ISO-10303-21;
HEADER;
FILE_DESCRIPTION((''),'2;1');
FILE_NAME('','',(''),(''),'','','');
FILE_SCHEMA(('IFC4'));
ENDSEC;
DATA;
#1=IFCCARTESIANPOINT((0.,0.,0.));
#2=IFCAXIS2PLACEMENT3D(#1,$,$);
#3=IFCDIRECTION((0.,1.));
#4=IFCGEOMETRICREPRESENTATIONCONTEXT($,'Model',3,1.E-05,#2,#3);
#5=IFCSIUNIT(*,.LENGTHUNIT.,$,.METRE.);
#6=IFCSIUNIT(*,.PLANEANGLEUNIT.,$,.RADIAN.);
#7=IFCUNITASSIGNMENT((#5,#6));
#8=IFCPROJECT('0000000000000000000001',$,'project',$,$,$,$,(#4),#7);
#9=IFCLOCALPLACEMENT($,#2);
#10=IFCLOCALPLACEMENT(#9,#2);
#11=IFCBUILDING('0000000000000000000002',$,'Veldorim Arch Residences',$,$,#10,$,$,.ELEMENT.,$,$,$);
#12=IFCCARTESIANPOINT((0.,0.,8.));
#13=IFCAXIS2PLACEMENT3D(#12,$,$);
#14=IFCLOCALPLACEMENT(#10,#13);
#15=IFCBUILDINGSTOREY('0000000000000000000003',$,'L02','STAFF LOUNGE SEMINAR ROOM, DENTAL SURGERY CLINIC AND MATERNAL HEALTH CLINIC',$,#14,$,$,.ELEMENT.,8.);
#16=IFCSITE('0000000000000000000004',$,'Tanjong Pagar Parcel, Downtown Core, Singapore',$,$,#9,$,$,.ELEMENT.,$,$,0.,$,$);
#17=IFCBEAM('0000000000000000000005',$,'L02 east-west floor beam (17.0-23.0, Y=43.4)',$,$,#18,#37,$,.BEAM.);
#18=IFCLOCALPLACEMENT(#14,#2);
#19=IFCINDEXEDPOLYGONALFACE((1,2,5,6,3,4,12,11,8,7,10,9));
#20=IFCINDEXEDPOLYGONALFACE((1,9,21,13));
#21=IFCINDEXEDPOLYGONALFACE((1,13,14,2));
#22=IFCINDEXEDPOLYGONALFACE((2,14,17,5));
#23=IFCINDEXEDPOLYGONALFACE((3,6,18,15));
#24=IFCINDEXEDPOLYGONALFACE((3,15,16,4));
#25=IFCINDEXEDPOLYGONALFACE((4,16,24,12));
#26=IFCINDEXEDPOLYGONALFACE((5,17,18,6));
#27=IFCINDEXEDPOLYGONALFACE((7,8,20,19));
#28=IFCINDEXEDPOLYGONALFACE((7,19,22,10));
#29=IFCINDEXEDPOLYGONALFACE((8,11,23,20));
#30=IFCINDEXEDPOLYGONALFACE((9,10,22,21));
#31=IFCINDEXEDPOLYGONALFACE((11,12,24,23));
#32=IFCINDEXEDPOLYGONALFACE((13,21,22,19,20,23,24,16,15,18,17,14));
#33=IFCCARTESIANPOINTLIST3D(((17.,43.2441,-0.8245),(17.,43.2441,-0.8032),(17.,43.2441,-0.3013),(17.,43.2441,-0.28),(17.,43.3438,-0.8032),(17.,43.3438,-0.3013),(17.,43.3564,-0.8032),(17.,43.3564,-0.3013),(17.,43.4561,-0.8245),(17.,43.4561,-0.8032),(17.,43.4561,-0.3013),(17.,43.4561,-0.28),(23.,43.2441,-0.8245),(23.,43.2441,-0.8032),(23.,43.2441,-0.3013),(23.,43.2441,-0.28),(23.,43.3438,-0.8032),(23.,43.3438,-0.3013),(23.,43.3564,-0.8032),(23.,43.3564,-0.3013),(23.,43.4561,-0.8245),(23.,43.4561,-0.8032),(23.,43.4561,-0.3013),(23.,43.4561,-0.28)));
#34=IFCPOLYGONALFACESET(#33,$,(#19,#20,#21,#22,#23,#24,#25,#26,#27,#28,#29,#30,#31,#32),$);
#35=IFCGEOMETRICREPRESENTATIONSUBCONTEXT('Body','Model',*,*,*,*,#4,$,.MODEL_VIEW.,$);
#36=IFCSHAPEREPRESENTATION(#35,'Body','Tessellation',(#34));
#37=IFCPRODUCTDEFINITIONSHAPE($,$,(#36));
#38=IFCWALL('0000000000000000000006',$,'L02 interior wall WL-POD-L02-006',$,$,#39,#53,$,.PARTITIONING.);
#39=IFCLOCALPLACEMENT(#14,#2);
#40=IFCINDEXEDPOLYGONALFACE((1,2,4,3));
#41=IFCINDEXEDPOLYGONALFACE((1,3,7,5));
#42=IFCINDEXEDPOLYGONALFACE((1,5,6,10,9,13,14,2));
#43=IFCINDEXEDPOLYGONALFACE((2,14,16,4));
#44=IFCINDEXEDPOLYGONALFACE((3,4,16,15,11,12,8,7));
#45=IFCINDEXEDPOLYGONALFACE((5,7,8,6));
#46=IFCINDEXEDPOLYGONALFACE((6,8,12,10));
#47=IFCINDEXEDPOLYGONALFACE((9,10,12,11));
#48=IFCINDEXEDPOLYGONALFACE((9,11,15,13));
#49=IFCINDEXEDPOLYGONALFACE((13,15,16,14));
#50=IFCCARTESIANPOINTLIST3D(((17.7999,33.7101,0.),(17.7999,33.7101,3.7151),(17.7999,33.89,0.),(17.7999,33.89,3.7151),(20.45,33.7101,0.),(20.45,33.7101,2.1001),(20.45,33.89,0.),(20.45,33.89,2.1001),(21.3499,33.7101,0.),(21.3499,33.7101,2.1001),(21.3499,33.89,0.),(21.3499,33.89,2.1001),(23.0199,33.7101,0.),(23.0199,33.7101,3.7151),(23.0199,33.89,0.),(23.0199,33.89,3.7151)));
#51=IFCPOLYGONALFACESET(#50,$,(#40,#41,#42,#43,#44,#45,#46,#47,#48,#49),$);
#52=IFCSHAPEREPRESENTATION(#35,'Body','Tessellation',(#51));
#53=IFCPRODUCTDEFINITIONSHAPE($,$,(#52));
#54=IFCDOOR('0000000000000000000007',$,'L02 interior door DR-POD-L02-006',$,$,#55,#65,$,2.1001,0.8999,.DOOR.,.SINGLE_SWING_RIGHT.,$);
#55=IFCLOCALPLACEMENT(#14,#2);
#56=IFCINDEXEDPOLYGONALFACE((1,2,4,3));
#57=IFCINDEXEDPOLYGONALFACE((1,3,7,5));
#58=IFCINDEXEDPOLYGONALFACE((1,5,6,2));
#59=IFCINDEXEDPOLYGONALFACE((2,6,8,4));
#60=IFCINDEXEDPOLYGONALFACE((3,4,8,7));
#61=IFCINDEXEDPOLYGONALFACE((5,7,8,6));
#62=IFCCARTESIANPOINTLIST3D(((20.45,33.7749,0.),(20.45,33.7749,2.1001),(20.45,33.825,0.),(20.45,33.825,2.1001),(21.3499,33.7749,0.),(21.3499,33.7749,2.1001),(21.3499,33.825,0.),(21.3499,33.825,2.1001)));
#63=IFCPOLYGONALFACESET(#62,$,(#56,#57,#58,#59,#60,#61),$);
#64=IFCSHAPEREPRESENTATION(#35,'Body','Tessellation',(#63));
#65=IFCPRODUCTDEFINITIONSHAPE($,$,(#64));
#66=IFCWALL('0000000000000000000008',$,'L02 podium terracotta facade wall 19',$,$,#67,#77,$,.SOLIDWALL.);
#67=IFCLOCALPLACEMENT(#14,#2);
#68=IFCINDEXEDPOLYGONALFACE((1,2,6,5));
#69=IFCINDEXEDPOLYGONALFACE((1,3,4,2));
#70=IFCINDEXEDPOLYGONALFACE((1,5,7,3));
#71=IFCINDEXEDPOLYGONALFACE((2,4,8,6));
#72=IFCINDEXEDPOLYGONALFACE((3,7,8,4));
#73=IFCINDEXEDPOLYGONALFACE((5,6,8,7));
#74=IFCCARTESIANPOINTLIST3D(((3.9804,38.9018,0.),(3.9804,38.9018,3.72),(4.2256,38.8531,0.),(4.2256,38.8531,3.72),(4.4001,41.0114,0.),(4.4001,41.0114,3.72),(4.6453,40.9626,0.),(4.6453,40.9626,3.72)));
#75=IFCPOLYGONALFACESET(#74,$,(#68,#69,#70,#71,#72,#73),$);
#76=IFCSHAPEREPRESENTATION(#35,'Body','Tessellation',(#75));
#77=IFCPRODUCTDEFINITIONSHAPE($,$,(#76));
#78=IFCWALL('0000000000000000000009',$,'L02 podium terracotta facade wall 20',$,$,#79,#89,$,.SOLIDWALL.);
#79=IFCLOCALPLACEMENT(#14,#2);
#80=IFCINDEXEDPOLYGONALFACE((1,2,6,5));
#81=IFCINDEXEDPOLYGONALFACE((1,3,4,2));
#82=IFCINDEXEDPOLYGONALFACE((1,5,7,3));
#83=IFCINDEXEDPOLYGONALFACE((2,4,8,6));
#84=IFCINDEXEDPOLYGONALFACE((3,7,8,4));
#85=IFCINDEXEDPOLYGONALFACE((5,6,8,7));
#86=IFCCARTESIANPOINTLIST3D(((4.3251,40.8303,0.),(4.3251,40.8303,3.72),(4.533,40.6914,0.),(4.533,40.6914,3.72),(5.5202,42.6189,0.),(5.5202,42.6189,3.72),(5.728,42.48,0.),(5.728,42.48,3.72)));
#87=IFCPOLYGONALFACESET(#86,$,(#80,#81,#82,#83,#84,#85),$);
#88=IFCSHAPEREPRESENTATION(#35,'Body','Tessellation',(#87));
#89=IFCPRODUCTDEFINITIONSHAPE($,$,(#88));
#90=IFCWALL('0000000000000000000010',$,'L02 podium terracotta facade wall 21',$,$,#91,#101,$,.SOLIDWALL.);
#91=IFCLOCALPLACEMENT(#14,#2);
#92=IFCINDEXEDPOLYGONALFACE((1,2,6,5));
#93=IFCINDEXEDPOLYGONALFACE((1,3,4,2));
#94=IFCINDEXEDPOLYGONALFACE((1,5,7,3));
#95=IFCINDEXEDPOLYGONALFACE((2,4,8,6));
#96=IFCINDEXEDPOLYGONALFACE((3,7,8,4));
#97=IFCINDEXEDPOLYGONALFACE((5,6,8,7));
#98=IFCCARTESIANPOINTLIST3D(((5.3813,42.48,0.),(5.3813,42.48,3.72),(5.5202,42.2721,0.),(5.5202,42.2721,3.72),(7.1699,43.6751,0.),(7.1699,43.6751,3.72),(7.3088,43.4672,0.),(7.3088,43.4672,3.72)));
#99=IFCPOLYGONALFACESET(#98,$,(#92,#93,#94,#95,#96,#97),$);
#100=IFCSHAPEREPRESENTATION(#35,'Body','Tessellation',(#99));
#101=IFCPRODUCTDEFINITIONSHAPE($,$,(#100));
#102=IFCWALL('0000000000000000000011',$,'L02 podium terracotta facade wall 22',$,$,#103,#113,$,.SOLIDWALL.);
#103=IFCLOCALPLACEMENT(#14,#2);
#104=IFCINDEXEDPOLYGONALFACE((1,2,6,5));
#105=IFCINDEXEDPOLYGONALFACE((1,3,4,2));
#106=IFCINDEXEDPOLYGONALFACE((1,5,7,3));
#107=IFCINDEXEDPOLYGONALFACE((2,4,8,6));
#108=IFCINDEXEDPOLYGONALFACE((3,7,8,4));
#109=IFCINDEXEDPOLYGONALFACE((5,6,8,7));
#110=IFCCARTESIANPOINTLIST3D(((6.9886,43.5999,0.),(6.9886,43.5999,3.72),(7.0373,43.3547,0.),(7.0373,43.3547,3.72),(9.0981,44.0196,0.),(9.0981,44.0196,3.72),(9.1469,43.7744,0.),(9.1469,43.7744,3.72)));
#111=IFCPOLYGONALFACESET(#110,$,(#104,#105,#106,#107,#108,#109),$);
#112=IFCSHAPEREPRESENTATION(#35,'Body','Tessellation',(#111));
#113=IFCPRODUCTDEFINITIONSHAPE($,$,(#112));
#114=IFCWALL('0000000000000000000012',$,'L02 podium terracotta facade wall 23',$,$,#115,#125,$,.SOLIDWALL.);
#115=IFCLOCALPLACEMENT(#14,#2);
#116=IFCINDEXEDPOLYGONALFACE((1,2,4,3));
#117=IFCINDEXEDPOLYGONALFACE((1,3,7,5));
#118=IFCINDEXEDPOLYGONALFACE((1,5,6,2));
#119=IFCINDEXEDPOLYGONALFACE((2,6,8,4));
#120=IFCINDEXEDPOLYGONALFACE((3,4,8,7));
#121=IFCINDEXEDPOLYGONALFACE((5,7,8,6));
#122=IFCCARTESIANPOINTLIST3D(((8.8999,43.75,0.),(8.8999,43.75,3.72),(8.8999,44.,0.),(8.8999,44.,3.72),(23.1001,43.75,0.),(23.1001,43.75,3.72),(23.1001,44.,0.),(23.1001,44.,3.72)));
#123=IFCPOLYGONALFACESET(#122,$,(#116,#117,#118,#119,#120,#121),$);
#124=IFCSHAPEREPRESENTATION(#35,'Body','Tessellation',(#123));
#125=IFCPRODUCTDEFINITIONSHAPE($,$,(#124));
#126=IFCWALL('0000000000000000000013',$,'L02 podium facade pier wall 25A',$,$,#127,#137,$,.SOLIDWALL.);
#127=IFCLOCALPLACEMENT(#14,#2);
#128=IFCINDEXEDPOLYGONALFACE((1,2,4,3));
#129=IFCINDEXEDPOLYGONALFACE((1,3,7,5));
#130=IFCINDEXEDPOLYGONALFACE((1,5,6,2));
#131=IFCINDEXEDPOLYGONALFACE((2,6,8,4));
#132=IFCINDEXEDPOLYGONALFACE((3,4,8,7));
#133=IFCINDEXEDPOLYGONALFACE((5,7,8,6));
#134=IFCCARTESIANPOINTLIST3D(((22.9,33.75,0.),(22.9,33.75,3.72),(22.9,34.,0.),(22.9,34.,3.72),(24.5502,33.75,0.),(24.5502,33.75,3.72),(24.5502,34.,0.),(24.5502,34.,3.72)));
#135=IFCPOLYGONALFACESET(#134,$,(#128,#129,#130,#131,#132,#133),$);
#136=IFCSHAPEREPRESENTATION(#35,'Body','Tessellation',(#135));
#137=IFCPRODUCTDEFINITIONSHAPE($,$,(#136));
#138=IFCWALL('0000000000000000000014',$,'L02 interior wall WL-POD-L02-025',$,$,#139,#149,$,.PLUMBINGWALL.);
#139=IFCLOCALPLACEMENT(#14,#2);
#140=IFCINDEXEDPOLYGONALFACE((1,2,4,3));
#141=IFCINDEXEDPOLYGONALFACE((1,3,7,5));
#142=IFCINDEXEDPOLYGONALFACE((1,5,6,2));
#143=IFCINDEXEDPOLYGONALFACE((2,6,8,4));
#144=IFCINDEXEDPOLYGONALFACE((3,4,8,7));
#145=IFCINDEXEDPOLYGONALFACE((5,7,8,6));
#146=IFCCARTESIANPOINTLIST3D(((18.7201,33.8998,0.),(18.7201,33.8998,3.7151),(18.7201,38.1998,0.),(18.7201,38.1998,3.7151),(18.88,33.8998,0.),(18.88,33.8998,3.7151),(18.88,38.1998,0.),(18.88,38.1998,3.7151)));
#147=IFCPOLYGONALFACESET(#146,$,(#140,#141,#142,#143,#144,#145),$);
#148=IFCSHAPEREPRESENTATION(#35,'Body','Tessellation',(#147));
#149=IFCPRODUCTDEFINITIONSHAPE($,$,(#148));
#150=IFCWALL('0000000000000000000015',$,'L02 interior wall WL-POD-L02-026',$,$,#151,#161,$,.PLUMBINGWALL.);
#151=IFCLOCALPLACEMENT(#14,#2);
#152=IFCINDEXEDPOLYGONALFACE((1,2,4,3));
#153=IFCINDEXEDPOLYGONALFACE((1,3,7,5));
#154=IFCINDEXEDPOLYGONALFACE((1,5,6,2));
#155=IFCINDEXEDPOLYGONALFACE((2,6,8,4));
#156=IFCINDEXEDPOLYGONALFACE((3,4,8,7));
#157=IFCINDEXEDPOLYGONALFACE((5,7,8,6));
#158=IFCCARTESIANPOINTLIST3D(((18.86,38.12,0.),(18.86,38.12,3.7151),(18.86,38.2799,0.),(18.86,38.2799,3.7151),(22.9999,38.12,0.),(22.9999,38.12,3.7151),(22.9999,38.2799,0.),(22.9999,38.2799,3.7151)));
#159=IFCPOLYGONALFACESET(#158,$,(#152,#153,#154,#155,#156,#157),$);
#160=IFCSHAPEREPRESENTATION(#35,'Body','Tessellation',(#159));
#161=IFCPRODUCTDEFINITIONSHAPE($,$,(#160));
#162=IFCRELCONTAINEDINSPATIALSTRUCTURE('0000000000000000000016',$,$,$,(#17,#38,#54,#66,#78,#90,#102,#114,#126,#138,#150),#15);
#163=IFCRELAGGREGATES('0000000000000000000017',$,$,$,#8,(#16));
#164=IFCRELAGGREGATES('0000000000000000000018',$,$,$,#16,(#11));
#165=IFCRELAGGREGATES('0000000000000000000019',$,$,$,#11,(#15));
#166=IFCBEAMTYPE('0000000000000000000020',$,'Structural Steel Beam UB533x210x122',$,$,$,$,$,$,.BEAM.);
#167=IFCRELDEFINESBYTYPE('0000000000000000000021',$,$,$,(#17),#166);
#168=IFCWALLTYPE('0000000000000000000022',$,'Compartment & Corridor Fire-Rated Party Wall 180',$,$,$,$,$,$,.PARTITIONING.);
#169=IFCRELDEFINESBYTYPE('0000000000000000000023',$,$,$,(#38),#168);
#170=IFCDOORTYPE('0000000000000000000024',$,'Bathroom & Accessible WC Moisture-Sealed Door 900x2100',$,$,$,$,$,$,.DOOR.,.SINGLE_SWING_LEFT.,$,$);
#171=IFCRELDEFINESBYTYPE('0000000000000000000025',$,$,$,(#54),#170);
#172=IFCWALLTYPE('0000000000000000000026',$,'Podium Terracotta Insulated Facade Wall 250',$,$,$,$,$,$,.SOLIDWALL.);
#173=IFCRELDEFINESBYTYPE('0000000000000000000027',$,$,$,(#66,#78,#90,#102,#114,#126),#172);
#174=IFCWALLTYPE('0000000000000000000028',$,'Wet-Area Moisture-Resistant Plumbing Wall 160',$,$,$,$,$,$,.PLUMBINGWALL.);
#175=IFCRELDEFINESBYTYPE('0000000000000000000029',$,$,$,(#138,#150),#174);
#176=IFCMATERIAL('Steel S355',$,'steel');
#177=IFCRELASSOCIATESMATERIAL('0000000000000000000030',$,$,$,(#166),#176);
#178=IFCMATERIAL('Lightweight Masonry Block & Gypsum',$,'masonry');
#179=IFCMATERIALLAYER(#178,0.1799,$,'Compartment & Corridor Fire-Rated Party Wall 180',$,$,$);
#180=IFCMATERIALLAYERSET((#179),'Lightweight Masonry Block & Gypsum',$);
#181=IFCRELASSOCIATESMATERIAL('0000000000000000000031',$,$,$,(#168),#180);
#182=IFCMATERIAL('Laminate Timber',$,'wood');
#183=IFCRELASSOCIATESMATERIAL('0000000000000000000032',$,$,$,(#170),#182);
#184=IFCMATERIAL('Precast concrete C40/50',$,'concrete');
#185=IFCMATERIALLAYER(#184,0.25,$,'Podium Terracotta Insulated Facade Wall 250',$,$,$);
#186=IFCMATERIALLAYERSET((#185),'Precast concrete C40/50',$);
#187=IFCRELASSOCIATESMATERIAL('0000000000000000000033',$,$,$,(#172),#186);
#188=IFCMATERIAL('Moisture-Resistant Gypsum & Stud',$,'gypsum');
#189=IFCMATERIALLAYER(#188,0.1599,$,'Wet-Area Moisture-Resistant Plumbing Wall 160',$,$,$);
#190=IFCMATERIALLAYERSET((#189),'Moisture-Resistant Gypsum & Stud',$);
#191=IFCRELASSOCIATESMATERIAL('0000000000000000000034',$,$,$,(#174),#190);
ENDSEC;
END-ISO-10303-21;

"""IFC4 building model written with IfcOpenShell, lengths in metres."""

from ifc_helpers import new_model, si_unit, direction, frame, frame_2d, origin, origin_2d, place, context, subcontext, project, spatial, rectangle, i_section, extrude, material, layer, layer_set, material_profile, profile_set, type_object, element, fill, save


model = new_model("IFC4")

# Units and contexts
model_context = context("Model", 3, precision=1e-05, world=origin(), true_north=direction((0.0, 1.0)))
body_context = subcontext(model_context, "Body", "Model", "MODEL_VIEW")
ifc_project = project(units=[si_unit("LENGTHUNIT", "METRE"), si_unit("PLANEANGLEUNIT", "RADIAN")], contexts=[model_context])

# Site, building, storey
site_placement = place(None, origin())
site = spatial("IfcSite", under=ifc_project, at=site_placement, Name="Tanjong Pagar Parcel, Downtown Core, Singapore", CompositionType="ELEMENT", RefElevation=0.0)
building_placement = place(site_placement, origin())
building = spatial("IfcBuilding", under=site, at=building_placement, Name="Veldorim Arch Residences", CompositionType="ELEMENT")
storey_placement = place(building_placement, frame((0.0, 0.0, 8.0)))
storey = spatial("IfcBuildingStorey", under=building, at=storey_placement, Name="L02", Description="STAFF LOUNGE SEMINAR ROOM, DENTAL SURGERY CLINIC AND MATERNAL HEALTH CLINIC", CompositionType="ELEMENT", Elevation=8.0)

# Beam
ifc_material_1 = material(Name="Steel S355", Category="steel")
ifc_material_profile_1 = material_profile(ifc_material_1, i_section(OverallWidth=0.2119, OverallDepth=0.5444, WebThickness=0.0127, FlangeThickness=0.0212, at=origin_2d()), Name="UB533x210x122")
ifc_profile_set_1 = profile_set([ifc_material_profile_1], Name="Steel S355")
beam_type_1 = type_object("IfcBeamType", Name="Structural Steel Beam UB533x210x122", PredefinedType="BEAM", material=ifc_profile_set_1)
beam_1_placement = place(storey_placement, frame((17.0, 43.3501, -0.5522), z_axis=(1.0, 0.0, 0.0), x_axis=(0.0, 1.0, 0.0)))
element("IfcBeam", 1, at=beam_1_placement, inside=storey, type_object=beam_type_1, Name="L02 east-west floor beam (17.0-23.0, Y=43.4)", PredefinedType="BEAM", context=body_context, shape_type="SweptSolid", body=[
    extrude(i_section(OverallWidth=0.2119, OverallDepth=0.5444, WebThickness=0.0127, FlangeThickness=0.0212, at=origin_2d()), origin(), (0.0, 0.0, 1.0), 6.0),
])

# Wall, opening, door
ifc_material_2 = material(Name="Lightweight Masonry Block & Gypsum", Category="masonry")
ifc_layer_1 = layer(ifc_material_2, 0.1799, Name="Compartment & Corridor Fire-Rated Party Wall 180")
ifc_layer_set_1 = layer_set([ifc_layer_1], Name="Lightweight Masonry Block & Gypsum")
wall_type_1 = type_object("IfcWallType", Name="Compartment & Corridor Fire-Rated Party Wall 180", PredefinedType="PARTITIONING", material=ifc_layer_set_1)
wall_1_placement = place(storey_placement, frame((17.8, 33.8, 0.0), z_axis=(0.0, 0.0, 1.0), x_axis=(1.0, 0.0, 0.0)))
wall_1 = element("IfcWall", 2, at=wall_1_placement, inside=storey, type_object=wall_type_1, Name="L02 interior wall WL-POD-L02-006", PredefinedType="PARTITIONING", context=body_context, shape_type="SweptSolid", body=[
    extrude(rectangle(XDim=5.22, YDim=0.1799, at=frame_2d((2.6099, 0.0))), origin(), (0.0, 0.0, 1.0), 3.7151),
])
opening_placement = place(wall_1_placement, frame((2.6499, 0.0, 0.0)))
opening = element("IfcOpeningElement", 3, at=opening_placement, cuts=wall_1, PredefinedType="OPENING", context=body_context, shape_type="SweptSolid", body=[
    extrude(rectangle(XDim=0.8999, YDim=2.1001, at=frame_2d((0.45, 1.05))), frame((0.0, 0.0999, 0.0), z_axis=(0.0, -1.0, 0.0), x_axis=(1.0, 0.0, 0.0)), (0.0, 0.0, 1.0), 0.2),
])
ifc_material_3 = material(Name="Laminate Timber", Category="wood")
door_type = type_object("IfcDoorType", Name="Bathroom & Accessible WC Moisture-Sealed Door 900x2100", OperationType="SINGLE_SWING_LEFT", PredefinedType="DOOR", material=ifc_material_3)
door_placement = place(opening_placement, origin())
door = element("IfcDoor", 4, at=door_placement, inside=storey, type_object=door_type, Name="L02 interior door DR-POD-L02-006", OperationType="SINGLE_SWING_RIGHT", OverallHeight=2.1001, OverallWidth=0.8999, PredefinedType="DOOR", context=body_context, shape_type="SweptSolid", body=[
    extrude(rectangle(XDim=0.8999, YDim=2.1001, at=frame_2d((0.45, 1.05))), frame((0.0, 0.0249, 0.0), z_axis=(0.0, -1.0, 0.0), x_axis=(1.0, 0.0, 0.0)), (0.0, 0.0, 1.0), 0.05),
])
fill(opening, door)

# Walls
ifc_material_4 = material(Name="Precast concrete C40/50", Category="concrete")
ifc_layer_2 = layer(ifc_material_4, 0.25, Name="Podium Terracotta Insulated Facade Wall 250")
ifc_layer_set_2 = layer_set([ifc_layer_2], Name="Precast concrete C40/50")
wall_type_2 = type_object("IfcWallType", Name="Podium Terracotta Insulated Facade Wall 250", PredefinedType="SOLIDWALL", material=ifc_layer_set_2)
wall_2_placement = place(storey_placement, frame((4.103, 38.8774, 0.0), z_axis=(0.0, 0.0, 1.0), x_axis=(0.195112, 0.980781, 0.0)))
element("IfcWall", 5, at=wall_2_placement, inside=storey, type_object=wall_type_2, Name="L02 podium terracotta facade wall 19", PredefinedType="SOLIDWALL", context=body_context, shape_type="SweptSolid", body=[
    extrude(rectangle(XDim=2.1509, YDim=0.25, at=frame_2d((1.0754, 0.0))), origin(), (0.0, 0.0, 1.0), 3.72),
])
for number, where, z_axis, x_axis, name in (
    (6, (4.429, 40.7607, 0.0), (0.0, 0.0, 1.0), (0.555564, 0.831474, 0.0), "L02 podium terracotta facade wall 20"),
    (7, (5.4507, 42.376, 0.0), (0.0, 0.0, 1.0), (0.831474, 0.555564, 0.0), "L02 podium terracotta facade wall 21"),
):
    element("IfcWall", number, at=place(storey_placement, frame(where, z_axis=z_axis, x_axis=x_axis)), inside=storey, type_object=wall_type_2, Name=name, PredefinedType="SOLIDWALL", context=body_context, shape_type="SweptSolid", body=[
        extrude(rectangle(XDim=2.1511, YDim=0.25, at=frame_2d((1.0757, 0.0))), origin(), (0.0, 0.0, 1.0), 3.72),
    ])
wall_3_placement = place(storey_placement, frame((7.0129, 43.4773, 0.0), z_axis=(0.0, 0.0, 1.0), x_axis=(0.980781, 0.195112, 0.0)))
element("IfcWall", 8, at=wall_3_placement, inside=storey, type_object=wall_type_2, Name="L02 podium terracotta facade wall 22", PredefinedType="SOLIDWALL", context=body_context, shape_type="SweptSolid", body=[
    extrude(rectangle(XDim=2.1509, YDim=0.25, at=frame_2d((1.0754, 0.0))), origin(), (0.0, 0.0, 1.0), 3.72),
])
wall_4_placement = place(storey_placement, frame((8.8999, 43.875, 0.0), z_axis=(0.0, 0.0, 1.0), x_axis=(1.0, 0.0, 0.0)))
element("IfcWall", 9, at=wall_4_placement, inside=storey, type_object=wall_type_2, Name="L02 podium terracotta facade wall 23", PredefinedType="SOLIDWALL", context=body_context, shape_type="SweptSolid", body=[
    extrude(rectangle(XDim=14.2002, YDim=0.25, at=frame_2d((7.1001, 0.0))), origin(), (0.0, 0.0, 1.0), 3.72),
])
wall_5_placement = place(storey_placement, frame((22.8999, 33.875, 0.0), z_axis=(0.0, 0.0, 1.0), x_axis=(1.0, 0.0, 0.0)))
element("IfcWall", 10, at=wall_5_placement, inside=storey, type_object=wall_type_2, Name="L02 podium facade pier wall 25A", PredefinedType="SOLIDWALL", context=body_context, shape_type="SweptSolid", body=[
    extrude(rectangle(XDim=1.6501, YDim=0.25, at=frame_2d((0.8252, 0.0))), origin(), (0.0, 0.0, 1.0), 3.72),
])
ifc_material_5 = material(Name="Moisture-Resistant Gypsum & Stud", Category="gypsum")
ifc_layer_3 = layer(ifc_material_5, 0.1599, Name="Wet-Area Moisture-Resistant Plumbing Wall 160")
ifc_layer_set_3 = layer_set([ifc_layer_3], Name="Moisture-Resistant Gypsum & Stud")
wall_type_3 = type_object("IfcWallType", Name="Wet-Area Moisture-Resistant Plumbing Wall 160", PredefinedType="PLUMBINGWALL", material=ifc_layer_set_3)
wall_6_placement = place(storey_placement, frame((18.8, 33.8999, 0.0), z_axis=(0.0, 0.0, 1.0), x_axis=(0.0, 1.0, 0.0)))
element("IfcWall", 11, at=wall_6_placement, inside=storey, type_object=wall_type_3, Name="L02 interior wall WL-POD-L02-025", PredefinedType="PLUMBINGWALL", context=body_context, shape_type="SweptSolid", body=[
    extrude(rectangle(XDim=4.3, YDim=0.1599, at=frame_2d((2.1499, 0.0))), origin(), (0.0, 0.0, 1.0), 3.7151),
])
wall_7_placement = place(storey_placement, frame((18.8601, 38.2, 0.0), z_axis=(0.0, 0.0, 1.0), x_axis=(1.0, 0.0, 0.0)))
element("IfcWall", 12, at=wall_7_placement, inside=storey, type_object=wall_type_3, Name="L02 interior wall WL-POD-L02-026", PredefinedType="PLUMBINGWALL", context=body_context, shape_type="SweptSolid", body=[
    extrude(rectangle(XDim=4.1399, YDim=0.1599, at=frame_2d((2.0698, 0.0))), origin(), (0.0, 0.0, 1.0), 3.7151),
])

save(model, "model.ifc")
